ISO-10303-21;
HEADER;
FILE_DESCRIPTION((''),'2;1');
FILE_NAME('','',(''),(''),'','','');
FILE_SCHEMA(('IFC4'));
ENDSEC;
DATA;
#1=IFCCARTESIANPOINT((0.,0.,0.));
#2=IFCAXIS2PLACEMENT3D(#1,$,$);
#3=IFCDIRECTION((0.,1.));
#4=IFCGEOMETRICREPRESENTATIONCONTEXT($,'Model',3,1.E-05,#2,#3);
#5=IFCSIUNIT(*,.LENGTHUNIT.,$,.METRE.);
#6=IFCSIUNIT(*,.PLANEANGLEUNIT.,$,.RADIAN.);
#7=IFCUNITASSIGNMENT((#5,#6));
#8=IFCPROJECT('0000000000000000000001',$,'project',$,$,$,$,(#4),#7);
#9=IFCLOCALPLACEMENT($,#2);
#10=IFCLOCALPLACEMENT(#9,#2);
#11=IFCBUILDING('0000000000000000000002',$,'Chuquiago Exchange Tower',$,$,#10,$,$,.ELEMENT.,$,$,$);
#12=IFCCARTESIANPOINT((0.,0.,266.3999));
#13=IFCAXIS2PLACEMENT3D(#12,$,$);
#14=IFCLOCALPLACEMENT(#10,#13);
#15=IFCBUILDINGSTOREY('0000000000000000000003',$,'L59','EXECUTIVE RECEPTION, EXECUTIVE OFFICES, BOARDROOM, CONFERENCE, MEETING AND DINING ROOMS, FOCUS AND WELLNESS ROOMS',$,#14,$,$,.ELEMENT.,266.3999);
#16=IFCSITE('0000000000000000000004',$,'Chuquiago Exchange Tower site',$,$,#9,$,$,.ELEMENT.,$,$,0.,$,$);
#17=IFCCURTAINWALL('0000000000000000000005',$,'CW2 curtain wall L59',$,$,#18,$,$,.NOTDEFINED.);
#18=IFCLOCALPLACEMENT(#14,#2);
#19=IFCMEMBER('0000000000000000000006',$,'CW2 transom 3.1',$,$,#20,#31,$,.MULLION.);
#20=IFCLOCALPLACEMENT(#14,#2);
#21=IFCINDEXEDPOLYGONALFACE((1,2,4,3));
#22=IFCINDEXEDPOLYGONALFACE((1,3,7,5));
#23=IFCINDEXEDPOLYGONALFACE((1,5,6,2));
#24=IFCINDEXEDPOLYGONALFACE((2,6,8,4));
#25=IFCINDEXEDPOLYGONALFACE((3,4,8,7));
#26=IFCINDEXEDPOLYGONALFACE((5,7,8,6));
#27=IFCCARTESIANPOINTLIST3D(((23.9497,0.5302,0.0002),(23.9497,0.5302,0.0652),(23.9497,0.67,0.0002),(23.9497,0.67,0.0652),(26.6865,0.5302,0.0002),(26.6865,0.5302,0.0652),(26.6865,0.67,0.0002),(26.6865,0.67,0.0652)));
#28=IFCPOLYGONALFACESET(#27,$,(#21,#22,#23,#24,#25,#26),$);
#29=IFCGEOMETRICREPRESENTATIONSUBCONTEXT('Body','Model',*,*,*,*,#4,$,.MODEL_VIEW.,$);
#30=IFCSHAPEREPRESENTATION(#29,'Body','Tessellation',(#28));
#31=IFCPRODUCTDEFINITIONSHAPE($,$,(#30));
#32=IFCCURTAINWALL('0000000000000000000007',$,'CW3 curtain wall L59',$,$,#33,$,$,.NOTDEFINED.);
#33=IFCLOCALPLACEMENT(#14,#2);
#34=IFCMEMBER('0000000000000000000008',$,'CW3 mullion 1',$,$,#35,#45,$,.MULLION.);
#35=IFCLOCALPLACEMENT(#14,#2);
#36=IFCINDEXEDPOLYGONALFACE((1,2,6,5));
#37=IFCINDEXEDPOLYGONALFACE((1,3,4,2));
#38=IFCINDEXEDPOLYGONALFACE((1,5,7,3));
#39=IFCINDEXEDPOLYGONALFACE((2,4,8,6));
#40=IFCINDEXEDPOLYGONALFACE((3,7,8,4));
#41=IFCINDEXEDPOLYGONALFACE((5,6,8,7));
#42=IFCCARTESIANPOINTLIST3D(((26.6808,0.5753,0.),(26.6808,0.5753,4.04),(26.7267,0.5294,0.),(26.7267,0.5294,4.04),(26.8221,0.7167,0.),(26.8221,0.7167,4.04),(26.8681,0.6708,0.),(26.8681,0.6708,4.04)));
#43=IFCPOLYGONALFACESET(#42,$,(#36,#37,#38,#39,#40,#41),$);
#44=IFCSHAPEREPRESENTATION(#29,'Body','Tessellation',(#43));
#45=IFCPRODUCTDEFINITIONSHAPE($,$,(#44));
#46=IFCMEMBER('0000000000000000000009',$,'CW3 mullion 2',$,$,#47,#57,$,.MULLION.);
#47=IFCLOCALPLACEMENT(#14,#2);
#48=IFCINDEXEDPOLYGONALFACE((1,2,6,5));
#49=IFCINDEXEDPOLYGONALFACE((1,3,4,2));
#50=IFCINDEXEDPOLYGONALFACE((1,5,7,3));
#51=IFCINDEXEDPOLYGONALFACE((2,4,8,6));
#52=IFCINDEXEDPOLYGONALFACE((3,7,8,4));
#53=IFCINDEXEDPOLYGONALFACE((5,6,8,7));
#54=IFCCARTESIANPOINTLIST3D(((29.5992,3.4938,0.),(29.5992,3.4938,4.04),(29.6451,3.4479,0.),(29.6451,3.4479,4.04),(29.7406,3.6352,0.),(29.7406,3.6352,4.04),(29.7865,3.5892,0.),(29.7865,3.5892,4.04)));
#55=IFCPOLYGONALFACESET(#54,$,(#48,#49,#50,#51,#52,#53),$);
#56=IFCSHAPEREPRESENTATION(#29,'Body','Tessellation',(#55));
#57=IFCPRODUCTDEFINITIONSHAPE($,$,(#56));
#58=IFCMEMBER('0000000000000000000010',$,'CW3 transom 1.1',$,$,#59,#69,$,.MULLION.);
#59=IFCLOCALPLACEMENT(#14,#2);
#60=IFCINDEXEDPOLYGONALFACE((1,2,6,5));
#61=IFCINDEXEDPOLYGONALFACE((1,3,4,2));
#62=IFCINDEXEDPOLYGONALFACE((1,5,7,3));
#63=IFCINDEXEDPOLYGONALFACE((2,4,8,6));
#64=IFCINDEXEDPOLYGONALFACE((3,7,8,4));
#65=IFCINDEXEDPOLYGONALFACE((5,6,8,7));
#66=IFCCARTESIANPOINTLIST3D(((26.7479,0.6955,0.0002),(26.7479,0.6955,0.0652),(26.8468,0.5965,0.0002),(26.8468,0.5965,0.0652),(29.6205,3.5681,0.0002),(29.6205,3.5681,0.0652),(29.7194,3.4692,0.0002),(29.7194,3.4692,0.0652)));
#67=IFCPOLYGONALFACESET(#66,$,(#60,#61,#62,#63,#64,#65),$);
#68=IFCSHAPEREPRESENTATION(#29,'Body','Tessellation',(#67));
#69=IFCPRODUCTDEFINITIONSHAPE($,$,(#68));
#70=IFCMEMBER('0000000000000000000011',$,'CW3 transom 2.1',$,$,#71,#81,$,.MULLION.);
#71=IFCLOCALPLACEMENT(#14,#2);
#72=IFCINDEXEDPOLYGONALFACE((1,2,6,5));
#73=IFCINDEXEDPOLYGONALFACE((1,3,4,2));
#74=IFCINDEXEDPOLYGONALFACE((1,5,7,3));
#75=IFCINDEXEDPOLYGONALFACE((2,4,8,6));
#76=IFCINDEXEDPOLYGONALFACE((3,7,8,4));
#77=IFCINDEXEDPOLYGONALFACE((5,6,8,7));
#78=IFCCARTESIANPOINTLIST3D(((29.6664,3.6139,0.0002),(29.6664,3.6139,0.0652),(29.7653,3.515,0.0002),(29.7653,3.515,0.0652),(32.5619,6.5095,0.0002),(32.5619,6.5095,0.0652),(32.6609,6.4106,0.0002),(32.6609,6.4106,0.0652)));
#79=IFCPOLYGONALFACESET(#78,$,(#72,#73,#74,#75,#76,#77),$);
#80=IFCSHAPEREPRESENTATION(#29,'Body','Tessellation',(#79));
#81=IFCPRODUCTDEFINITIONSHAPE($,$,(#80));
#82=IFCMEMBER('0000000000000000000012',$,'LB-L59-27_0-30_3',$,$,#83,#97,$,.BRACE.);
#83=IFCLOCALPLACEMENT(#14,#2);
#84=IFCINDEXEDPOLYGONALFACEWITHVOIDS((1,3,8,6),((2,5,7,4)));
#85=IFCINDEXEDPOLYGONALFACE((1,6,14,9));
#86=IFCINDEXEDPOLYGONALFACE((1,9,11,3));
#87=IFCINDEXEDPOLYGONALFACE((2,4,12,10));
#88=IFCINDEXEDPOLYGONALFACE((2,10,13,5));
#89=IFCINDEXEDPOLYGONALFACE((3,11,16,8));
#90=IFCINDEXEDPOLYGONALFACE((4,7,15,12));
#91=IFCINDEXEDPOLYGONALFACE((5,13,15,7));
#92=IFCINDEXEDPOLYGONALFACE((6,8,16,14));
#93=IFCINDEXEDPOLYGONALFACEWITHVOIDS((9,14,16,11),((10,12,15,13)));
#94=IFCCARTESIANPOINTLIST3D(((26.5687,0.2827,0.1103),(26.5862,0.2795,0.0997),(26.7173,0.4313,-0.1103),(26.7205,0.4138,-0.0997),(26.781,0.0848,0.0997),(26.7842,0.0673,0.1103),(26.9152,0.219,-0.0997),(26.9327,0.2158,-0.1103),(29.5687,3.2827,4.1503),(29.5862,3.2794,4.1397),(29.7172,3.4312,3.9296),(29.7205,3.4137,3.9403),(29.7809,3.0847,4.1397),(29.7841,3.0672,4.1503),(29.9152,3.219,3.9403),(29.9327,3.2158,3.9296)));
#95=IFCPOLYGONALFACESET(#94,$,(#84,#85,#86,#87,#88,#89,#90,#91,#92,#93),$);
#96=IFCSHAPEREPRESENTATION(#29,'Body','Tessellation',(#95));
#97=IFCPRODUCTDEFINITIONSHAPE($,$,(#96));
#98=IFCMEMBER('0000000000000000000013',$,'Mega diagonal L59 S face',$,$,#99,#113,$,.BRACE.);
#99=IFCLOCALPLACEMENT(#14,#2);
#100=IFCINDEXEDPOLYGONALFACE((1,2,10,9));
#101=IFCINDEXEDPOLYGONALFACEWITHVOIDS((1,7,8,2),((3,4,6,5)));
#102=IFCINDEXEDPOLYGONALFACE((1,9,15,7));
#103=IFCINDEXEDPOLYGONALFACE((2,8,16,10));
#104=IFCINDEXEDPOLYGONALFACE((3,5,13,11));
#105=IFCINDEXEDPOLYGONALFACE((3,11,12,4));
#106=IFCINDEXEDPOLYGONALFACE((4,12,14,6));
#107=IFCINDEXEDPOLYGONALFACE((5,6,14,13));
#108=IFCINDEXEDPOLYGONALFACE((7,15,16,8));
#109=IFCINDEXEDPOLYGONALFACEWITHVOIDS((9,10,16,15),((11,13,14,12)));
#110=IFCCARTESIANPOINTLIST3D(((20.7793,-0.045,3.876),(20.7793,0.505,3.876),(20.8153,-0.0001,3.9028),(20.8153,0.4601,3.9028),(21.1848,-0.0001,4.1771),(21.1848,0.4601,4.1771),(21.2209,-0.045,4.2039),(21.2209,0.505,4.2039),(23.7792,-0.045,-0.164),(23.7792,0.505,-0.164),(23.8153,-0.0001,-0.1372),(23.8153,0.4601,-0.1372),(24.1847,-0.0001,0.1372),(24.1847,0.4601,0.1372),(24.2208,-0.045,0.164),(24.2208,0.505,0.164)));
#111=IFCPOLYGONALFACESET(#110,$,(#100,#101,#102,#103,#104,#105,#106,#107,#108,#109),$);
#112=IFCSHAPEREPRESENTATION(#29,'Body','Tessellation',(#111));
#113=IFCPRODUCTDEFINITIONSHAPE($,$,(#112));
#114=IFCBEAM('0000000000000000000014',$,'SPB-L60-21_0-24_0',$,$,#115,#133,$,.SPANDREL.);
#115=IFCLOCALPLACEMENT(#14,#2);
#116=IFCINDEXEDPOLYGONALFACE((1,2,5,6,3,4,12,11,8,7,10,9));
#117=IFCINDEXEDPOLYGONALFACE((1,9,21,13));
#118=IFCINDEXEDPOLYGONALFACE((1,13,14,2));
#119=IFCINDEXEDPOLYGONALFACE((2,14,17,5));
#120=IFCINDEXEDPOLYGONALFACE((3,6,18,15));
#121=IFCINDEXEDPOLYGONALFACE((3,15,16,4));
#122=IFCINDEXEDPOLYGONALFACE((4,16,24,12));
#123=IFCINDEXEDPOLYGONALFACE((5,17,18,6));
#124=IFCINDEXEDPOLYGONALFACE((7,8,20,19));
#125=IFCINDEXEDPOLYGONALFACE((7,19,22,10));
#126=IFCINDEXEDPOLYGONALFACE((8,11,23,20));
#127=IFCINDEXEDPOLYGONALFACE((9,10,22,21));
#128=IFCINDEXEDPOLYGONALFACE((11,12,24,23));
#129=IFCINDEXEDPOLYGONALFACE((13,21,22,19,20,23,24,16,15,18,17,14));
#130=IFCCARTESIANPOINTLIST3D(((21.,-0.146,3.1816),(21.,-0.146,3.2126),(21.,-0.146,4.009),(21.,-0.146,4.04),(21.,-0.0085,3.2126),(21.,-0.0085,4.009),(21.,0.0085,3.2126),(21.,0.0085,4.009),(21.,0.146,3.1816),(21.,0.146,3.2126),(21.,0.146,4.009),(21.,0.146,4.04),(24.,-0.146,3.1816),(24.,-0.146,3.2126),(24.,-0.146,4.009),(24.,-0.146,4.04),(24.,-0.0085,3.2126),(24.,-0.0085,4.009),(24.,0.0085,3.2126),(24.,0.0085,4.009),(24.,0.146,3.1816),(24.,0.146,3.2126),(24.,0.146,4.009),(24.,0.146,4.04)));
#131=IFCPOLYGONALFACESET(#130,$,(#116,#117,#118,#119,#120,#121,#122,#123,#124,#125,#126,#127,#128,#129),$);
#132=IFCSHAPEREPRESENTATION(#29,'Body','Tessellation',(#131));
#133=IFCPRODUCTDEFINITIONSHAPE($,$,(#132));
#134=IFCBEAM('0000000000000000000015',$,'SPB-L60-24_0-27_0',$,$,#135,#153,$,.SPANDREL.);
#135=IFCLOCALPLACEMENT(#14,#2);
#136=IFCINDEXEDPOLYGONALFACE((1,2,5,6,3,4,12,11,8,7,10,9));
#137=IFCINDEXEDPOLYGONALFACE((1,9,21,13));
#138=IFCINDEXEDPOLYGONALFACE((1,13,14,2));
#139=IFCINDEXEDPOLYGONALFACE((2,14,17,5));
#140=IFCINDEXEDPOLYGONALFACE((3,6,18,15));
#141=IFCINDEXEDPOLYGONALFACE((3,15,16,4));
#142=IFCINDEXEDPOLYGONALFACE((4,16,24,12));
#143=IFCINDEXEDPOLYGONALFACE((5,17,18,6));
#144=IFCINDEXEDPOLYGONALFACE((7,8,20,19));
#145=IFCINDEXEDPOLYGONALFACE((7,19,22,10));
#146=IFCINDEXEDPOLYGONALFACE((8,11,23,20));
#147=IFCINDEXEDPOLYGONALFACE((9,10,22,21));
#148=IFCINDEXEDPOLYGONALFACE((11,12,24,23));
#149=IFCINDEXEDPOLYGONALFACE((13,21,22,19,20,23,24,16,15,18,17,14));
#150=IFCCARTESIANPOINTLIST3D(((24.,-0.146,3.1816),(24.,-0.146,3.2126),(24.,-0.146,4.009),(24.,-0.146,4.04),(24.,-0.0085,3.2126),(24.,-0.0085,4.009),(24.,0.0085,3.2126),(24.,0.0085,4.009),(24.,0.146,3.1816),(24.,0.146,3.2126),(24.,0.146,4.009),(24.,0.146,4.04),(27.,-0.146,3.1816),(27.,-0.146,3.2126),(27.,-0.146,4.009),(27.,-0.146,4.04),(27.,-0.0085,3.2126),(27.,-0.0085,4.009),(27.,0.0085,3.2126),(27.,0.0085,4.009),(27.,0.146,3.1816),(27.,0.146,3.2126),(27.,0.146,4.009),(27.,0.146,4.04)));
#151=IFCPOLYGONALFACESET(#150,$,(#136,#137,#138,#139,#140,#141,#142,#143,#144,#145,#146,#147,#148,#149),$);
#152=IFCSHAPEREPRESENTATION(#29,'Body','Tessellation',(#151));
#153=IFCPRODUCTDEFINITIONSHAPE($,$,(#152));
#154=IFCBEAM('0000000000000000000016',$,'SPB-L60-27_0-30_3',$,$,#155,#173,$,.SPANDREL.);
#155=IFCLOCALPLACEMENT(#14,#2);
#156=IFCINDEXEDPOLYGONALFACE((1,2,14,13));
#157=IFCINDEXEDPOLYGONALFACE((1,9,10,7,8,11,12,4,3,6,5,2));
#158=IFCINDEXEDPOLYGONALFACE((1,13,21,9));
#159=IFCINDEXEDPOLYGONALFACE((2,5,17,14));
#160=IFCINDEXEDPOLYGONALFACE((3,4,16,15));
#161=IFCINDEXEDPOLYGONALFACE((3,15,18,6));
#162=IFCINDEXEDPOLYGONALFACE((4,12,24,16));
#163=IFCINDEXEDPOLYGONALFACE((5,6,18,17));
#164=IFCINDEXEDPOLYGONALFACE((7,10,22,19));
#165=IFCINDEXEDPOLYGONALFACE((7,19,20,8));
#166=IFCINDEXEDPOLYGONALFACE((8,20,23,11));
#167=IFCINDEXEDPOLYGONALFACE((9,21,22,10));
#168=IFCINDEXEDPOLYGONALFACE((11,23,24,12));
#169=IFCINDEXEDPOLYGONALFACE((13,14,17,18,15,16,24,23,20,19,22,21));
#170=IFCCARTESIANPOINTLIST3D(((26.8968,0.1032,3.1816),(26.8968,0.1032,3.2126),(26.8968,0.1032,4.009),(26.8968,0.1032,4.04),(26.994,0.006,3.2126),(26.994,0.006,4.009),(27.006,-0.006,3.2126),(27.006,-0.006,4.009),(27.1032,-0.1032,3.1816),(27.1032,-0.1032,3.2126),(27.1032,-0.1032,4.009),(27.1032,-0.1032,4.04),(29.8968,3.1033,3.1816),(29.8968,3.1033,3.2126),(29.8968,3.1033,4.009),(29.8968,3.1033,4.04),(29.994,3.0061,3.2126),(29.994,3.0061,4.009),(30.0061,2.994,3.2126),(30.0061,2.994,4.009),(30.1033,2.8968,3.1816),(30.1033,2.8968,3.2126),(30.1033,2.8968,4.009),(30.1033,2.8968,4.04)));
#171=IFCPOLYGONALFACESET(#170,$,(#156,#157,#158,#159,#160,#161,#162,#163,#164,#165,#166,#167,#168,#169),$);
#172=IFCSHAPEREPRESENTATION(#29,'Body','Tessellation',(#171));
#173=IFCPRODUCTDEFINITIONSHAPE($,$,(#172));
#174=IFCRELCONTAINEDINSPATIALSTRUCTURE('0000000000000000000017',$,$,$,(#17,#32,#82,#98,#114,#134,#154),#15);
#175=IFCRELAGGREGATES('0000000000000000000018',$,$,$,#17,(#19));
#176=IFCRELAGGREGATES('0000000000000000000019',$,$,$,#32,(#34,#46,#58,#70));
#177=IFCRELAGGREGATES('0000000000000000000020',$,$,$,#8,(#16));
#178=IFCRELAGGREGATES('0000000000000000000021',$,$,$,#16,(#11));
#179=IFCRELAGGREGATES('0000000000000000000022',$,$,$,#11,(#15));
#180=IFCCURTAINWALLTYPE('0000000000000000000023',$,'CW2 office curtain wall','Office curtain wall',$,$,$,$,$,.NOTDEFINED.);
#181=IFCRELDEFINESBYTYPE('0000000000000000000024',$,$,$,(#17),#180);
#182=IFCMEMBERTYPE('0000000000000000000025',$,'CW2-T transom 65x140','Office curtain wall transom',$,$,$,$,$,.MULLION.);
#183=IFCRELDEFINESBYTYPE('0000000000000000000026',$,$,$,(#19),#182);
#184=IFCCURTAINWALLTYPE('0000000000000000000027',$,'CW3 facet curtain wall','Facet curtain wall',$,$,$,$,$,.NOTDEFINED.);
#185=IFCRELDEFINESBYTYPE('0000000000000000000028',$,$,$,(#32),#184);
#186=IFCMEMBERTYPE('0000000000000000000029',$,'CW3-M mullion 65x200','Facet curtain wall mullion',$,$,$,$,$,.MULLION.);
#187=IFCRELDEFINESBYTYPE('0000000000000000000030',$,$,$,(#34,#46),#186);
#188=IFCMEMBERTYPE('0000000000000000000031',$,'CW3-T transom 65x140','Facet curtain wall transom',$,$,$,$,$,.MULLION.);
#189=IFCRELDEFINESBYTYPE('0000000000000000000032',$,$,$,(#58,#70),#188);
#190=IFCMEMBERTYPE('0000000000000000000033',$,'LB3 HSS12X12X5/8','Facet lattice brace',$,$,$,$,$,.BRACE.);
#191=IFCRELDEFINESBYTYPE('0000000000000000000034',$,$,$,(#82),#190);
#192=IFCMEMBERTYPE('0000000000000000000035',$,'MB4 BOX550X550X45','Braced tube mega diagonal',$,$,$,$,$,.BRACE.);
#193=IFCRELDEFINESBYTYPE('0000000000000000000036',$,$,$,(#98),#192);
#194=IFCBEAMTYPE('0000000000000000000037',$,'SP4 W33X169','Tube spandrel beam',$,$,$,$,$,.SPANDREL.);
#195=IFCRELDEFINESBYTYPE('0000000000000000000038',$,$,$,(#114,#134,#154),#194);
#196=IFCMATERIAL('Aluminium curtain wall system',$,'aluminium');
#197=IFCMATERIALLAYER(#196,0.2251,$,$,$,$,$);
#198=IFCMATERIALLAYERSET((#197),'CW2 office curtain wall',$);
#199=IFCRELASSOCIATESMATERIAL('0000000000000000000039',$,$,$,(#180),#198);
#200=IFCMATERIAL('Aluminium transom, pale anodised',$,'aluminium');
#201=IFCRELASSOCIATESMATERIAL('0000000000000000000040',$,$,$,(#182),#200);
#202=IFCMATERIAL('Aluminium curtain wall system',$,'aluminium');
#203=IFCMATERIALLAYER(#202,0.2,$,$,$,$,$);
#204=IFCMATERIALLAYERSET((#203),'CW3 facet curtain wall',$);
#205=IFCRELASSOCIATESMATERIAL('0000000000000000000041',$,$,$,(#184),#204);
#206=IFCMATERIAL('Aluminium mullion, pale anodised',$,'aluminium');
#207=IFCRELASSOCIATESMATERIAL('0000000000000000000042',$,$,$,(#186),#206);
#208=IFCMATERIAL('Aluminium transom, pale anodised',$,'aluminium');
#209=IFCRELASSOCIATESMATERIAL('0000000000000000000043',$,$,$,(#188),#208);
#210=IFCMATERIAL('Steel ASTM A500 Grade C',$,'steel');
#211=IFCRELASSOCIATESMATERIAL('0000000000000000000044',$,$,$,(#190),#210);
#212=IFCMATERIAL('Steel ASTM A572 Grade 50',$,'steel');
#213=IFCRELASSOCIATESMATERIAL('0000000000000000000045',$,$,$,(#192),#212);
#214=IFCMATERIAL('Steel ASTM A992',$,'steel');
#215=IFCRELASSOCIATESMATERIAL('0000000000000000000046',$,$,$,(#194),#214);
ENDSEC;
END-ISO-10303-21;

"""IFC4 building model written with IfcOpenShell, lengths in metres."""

from ifc_helpers import new_model, si_unit, direction, frame, origin, origin_2d, place, context, subcontext, project, spatial, rectangle, hollow_rectangle, i_section, extrude, material, layer, layer_set, material_profile, profile_set, type_object, element, aggregate, save


model = new_model("IFC4")

# Units and contexts
model_context = context("Model", 3, precision=1e-05, world=origin(), true_north=direction((0.0, 1.0)))
body_context = subcontext(model_context, "Body", "Model", "MODEL_VIEW")
ifc_project = project(units=[si_unit("LENGTHUNIT", "METRE"), si_unit("PLANEANGLEUNIT", "RADIAN")], contexts=[model_context])

# Site, building, storey
site_placement = place(None, origin())
site = spatial("IfcSite", under=ifc_project, at=site_placement, Name="Chuquiago Exchange Tower site", CompositionType="ELEMENT", RefElevation=0.0)
building_placement = place(site_placement, origin())
building = spatial("IfcBuilding", under=site, at=building_placement, Name="Chuquiago Exchange Tower", CompositionType="ELEMENT")
storey_placement = place(building_placement, frame((0.0, 0.0, 266.3999)))
storey = spatial("IfcBuildingStorey", under=building, at=storey_placement, Name="L59", Description="EXECUTIVE RECEPTION, EXECUTIVE OFFICES, BOARDROOM, CONFERENCE, MEETING AND DINING ROOMS, FOCUS AND WELLNESS ROOMS", CompositionType="ELEMENT", Elevation=266.3999)

# Curtain walls, members
ifc_material_1 = material(Name="Aluminium curtain wall system", Category="aluminium")
ifc_layer_1 = layer(ifc_material_1, 0.2251)
ifc_layer_set_1 = layer_set([ifc_layer_1], Name="CW2 office curtain wall")
curtain_wall_type_1 = type_object("IfcCurtainWallType", Name="CW2 office curtain wall", Description="Office curtain wall", PredefinedType="NOTDEFINED", material=ifc_layer_set_1)
curtain_wall_1_placement = place(storey_placement, origin())
curtain_wall_1 = element("IfcCurtainWall", 1, at=curtain_wall_1_placement, inside=storey, type_object=curtain_wall_type_1, Name="CW2 curtain wall L59", PredefinedType="NOTDEFINED")
ifc_material_2 = material(Name="Aluminium transom, pale anodised", Category="aluminium")
ifc_material_profile_1 = material_profile(ifc_material_2, rectangle(XDim=0.1399, YDim=0.0649, at=origin_2d()), Name="AL 140x65")
ifc_profile_set_1 = profile_set([ifc_material_profile_1], Name="Aluminium transom, pale anodised")
member_type_1 = type_object("IfcMemberType", Name="CW2-T transom 65x140", Description="Office curtain wall transom", PredefinedType="MULLION", material=ifc_profile_set_1)
member_1_placement = place(storey_placement, frame((23.9497, 0.6001, 0.0327), z_axis=(1.0, 0.0, 0.0), x_axis=(0.0, 1.0, 0.0)))
member_1 = element("IfcMember", 2, at=member_1_placement, type_object=member_type_1, Name="CW2 transom 3.1", PredefinedType="MULLION", context=body_context, shape_type="SweptSolid", body=[
    extrude(rectangle(XDim=0.1399, YDim=0.0649, at=origin_2d()), origin(), (0.0, 0.0, 1.0), 2.7368),
])
ifc_material_3 = material(Name="Aluminium curtain wall system", Category="aluminium")
ifc_layer_2 = layer(ifc_material_3, 0.2)
ifc_layer_set_2 = layer_set([ifc_layer_2], Name="CW3 facet curtain wall")
curtain_wall_type_2 = type_object("IfcCurtainWallType", Name="CW3 facet curtain wall", Description="Facet curtain wall", PredefinedType="NOTDEFINED", material=ifc_layer_set_2)
curtain_wall_2_placement = place(storey_placement, origin())
curtain_wall_2 = element("IfcCurtainWall", 3, at=curtain_wall_2_placement, inside=storey, type_object=curtain_wall_type_2, Name="CW3 curtain wall L59", PredefinedType="NOTDEFINED")
ifc_material_4 = material(Name="Aluminium mullion, pale anodised", Category="aluminium")
ifc_material_profile_2 = material_profile(ifc_material_4, rectangle(XDim=0.0649, YDim=0.2, at=origin_2d()), Name="AL 65x200")
ifc_profile_set_2 = profile_set([ifc_material_profile_2], Name="Aluminium mullion, pale anodised")
member_type_2 = type_object("IfcMemberType", Name="CW3-M mullion 65x200", Description="Facet curtain wall mullion", PredefinedType="MULLION", material=ifc_profile_set_2)
member_2_placement = place(storey_placement, frame((26.7744, 0.623, 0.0), z_axis=(0.0, 0.0, 1.0), x_axis=(-0.707107, 0.707107, 0.0)))
member_2 = element("IfcMember", 4, at=member_2_placement, type_object=member_type_2, Name="CW3 mullion 1", PredefinedType="MULLION", context=body_context, shape_type="SweptSolid", body=[
    extrude(rectangle(XDim=0.0649, YDim=0.2, at=origin_2d()), origin(), (0.0, 0.0, 1.0), 4.04),
])
member_3_placement = place(storey_placement, frame((29.6929, 3.5415, 0.0), z_axis=(0.0, 0.0, 1.0), x_axis=(-0.707107, 0.707107, 0.0)))
member_3 = element("IfcMember", 5, at=member_3_placement, type_object=member_type_2, Name="CW3 mullion 2", PredefinedType="MULLION", context=body_context, shape_type="SweptSolid", body=[
    extrude(rectangle(XDim=0.0649, YDim=0.2, at=origin_2d()), origin(), (0.0, 0.0, 1.0), 4.04),
])
ifc_material_5 = material(Name="Aluminium transom, pale anodised", Category="aluminium")
ifc_material_profile_3 = material_profile(ifc_material_5, rectangle(XDim=0.1399, YDim=0.0649, at=origin_2d()), Name="AL 140x65")
ifc_profile_set_3 = profile_set([ifc_material_profile_3], Name="Aluminium transom, pale anodised")
member_type_3 = type_object("IfcMemberType", Name="CW3-T transom 65x140", Description="Facet curtain wall transom", PredefinedType="MULLION", material=ifc_profile_set_3)
member_4_placement = place(storey_placement, frame((26.7974, 0.646, 0.0327), z_axis=(0.707107, 0.707107, 0.0), x_axis=(-0.707107, 0.707107, 0.0)))
member_4 = element("IfcMember", 6, at=member_4_placement, type_object=member_type_3, Name="CW3 transom 1.1", PredefinedType="MULLION", context=body_context, shape_type="SweptSolid", body=[
    extrude(rectangle(XDim=0.1399, YDim=0.0649, at=origin_2d()), origin(), (0.0, 0.0, 1.0), 4.0625),
])
member_5_placement = place(storey_placement, frame((29.7158, 3.5645, 0.0327), z_axis=(0.707107, 0.707107, 0.0), x_axis=(-0.707107, 0.707107, 0.0)))
member_5 = element("IfcMember", 7, at=member_5_placement, type_object=member_type_3, Name="CW3 transom 2.1", PredefinedType="MULLION", context=body_context, shape_type="SweptSolid", body=[
    extrude(rectangle(XDim=0.1399, YDim=0.0649, at=origin_2d()), origin(), (0.0, 0.0, 1.0), 4.095),
])

# Members
ifc_material_6 = material(Name="Steel ASTM A500 Grade C", Category="steel")
ifc_material_profile_4 = material_profile(ifc_material_6, hollow_rectangle(XDim=0.3047, YDim=0.3047, WallThickness=0.0146, at=origin_2d()), Name="HSS12X12X5/8")
ifc_profile_set_4 = profile_set([ifc_material_profile_4], Name="Steel ASTM A500 Grade C")
member_type_4 = type_object("IfcMemberType", Name="LB3 HSS12X12X5/8", Description="Facet lattice brace", PredefinedType="BRACE", material=ifc_profile_set_4)
member_6_placement = place(storey_placement, frame((26.7507, 0.2493, 0.0), z_axis=(0.512077, 0.512077, 0.689604), x_axis=(-0.707107, 0.707107, 0.0)))
element("IfcMember", 8, at=member_6_placement, inside=storey, type_object=member_type_4, Name="LB-L59-27_0-30_3", PredefinedType="BRACE", context=body_context, shape_type="SweptSolid", body=[
    extrude(hollow_rectangle(XDim=0.3047, YDim=0.3047, WallThickness=0.0146, at=origin_2d()), origin(), (0.0, 0.0, 1.0), 5.8584),
])
ifc_material_7 = material(Name="Steel ASTM A572 Grade 50", Category="steel")
ifc_material_profile_5 = material_profile(ifc_material_7, hollow_rectangle(XDim=0.55, YDim=0.55, WallThickness=0.0449, at=origin_2d()), Name="BOX550X550X45")
ifc_profile_set_5 = profile_set([ifc_material_profile_5], Name="Steel ASTM A572 Grade 50")
member_type_5 = type_object("IfcMemberType", Name="MB4 BOX550X550X45", Description="Braced tube mega diagonal", PredefinedType="BRACE", material=ifc_profile_set_5)
member_7_placement = place(storey_placement, frame((24.0, 0.23, 0.0), z_axis=(-0.596174, 0.0, 0.802855), x_axis=(0.0, -1.0, 0.0)))
element("IfcMember", 9, at=member_7_placement, inside=storey, type_object=member_type_5, Name="Mega diagonal L59 S face", PredefinedType="BRACE", context=body_context, shape_type="SweptSolid", body=[
    extrude(hollow_rectangle(XDim=0.55, YDim=0.55, WallThickness=0.0449, at=origin_2d()), origin(), (0.0, 0.0, 1.0), 5.032),
])

# Beams
ifc_material_8 = material(Name="Steel ASTM A992", Category="steel")
ifc_material_profile_6 = material_profile(ifc_material_8, i_section(OverallWidth=0.292, OverallDepth=0.8584, WebThickness=0.0171, FlangeThickness=0.031, at=origin_2d()), Name="W33X169")
ifc_profile_set_6 = profile_set([ifc_material_profile_6], Name="Steel ASTM A992")
beam_type = type_object("IfcBeamType", Name="SP4 W33X169", Description="Tube spandrel beam", PredefinedType="SPANDREL", material=ifc_profile_set_6)
for number, where, z_axis, x_axis, name in (
    (10, (21.0, 0.0, 3.6108), (1.0, 0.0, 0.0), (0.0, 1.0, 0.0), "SPB-L60-21_0-24_0"),
    (11, (24.0, 0.0, 3.6108), (1.0, 0.0, 0.0), (0.0, 1.0, 0.0), "SPB-L60-24_0-27_0"),
):
    element("IfcBeam", number, at=place(storey_placement, frame(where, z_axis=z_axis, x_axis=x_axis)), inside=storey, type_object=beam_type, Name=name, PredefinedType="SPANDREL", context=body_context, shape_type="SweptSolid", body=[
        extrude(i_section(OverallWidth=0.292, OverallDepth=0.8584, WebThickness=0.0171, FlangeThickness=0.031, at=origin_2d()), origin(), (0.0, 0.0, 1.0), 3.0),
    ])
for number, where, z_axis, x_axis, name in (
    (12, (27.0, 0.0, 3.6108), (0.707107, 0.707107, 0.0), (-0.707107, 0.707107, 0.0), "SPB-L60-27_0-30_3"),
):
    element("IfcBeam", number, at=place(storey_placement, frame(where, z_axis=z_axis, x_axis=x_axis)), inside=storey, type_object=beam_type, Name=name, PredefinedType="SPANDREL", context=body_context, shape_type="SweptSolid", body=[
        extrude(i_section(OverallWidth=0.292, OverallDepth=0.8584, WebThickness=0.0171, FlangeThickness=0.031, at=origin_2d()), origin(), (0.0, 0.0, 1.0), 4.2427),
    ])

aggregate(curtain_wall_1, [member_1])
aggregate(curtain_wall_2, [member_2, member_3, member_4, member_5])

save(model, "model.ifc")
